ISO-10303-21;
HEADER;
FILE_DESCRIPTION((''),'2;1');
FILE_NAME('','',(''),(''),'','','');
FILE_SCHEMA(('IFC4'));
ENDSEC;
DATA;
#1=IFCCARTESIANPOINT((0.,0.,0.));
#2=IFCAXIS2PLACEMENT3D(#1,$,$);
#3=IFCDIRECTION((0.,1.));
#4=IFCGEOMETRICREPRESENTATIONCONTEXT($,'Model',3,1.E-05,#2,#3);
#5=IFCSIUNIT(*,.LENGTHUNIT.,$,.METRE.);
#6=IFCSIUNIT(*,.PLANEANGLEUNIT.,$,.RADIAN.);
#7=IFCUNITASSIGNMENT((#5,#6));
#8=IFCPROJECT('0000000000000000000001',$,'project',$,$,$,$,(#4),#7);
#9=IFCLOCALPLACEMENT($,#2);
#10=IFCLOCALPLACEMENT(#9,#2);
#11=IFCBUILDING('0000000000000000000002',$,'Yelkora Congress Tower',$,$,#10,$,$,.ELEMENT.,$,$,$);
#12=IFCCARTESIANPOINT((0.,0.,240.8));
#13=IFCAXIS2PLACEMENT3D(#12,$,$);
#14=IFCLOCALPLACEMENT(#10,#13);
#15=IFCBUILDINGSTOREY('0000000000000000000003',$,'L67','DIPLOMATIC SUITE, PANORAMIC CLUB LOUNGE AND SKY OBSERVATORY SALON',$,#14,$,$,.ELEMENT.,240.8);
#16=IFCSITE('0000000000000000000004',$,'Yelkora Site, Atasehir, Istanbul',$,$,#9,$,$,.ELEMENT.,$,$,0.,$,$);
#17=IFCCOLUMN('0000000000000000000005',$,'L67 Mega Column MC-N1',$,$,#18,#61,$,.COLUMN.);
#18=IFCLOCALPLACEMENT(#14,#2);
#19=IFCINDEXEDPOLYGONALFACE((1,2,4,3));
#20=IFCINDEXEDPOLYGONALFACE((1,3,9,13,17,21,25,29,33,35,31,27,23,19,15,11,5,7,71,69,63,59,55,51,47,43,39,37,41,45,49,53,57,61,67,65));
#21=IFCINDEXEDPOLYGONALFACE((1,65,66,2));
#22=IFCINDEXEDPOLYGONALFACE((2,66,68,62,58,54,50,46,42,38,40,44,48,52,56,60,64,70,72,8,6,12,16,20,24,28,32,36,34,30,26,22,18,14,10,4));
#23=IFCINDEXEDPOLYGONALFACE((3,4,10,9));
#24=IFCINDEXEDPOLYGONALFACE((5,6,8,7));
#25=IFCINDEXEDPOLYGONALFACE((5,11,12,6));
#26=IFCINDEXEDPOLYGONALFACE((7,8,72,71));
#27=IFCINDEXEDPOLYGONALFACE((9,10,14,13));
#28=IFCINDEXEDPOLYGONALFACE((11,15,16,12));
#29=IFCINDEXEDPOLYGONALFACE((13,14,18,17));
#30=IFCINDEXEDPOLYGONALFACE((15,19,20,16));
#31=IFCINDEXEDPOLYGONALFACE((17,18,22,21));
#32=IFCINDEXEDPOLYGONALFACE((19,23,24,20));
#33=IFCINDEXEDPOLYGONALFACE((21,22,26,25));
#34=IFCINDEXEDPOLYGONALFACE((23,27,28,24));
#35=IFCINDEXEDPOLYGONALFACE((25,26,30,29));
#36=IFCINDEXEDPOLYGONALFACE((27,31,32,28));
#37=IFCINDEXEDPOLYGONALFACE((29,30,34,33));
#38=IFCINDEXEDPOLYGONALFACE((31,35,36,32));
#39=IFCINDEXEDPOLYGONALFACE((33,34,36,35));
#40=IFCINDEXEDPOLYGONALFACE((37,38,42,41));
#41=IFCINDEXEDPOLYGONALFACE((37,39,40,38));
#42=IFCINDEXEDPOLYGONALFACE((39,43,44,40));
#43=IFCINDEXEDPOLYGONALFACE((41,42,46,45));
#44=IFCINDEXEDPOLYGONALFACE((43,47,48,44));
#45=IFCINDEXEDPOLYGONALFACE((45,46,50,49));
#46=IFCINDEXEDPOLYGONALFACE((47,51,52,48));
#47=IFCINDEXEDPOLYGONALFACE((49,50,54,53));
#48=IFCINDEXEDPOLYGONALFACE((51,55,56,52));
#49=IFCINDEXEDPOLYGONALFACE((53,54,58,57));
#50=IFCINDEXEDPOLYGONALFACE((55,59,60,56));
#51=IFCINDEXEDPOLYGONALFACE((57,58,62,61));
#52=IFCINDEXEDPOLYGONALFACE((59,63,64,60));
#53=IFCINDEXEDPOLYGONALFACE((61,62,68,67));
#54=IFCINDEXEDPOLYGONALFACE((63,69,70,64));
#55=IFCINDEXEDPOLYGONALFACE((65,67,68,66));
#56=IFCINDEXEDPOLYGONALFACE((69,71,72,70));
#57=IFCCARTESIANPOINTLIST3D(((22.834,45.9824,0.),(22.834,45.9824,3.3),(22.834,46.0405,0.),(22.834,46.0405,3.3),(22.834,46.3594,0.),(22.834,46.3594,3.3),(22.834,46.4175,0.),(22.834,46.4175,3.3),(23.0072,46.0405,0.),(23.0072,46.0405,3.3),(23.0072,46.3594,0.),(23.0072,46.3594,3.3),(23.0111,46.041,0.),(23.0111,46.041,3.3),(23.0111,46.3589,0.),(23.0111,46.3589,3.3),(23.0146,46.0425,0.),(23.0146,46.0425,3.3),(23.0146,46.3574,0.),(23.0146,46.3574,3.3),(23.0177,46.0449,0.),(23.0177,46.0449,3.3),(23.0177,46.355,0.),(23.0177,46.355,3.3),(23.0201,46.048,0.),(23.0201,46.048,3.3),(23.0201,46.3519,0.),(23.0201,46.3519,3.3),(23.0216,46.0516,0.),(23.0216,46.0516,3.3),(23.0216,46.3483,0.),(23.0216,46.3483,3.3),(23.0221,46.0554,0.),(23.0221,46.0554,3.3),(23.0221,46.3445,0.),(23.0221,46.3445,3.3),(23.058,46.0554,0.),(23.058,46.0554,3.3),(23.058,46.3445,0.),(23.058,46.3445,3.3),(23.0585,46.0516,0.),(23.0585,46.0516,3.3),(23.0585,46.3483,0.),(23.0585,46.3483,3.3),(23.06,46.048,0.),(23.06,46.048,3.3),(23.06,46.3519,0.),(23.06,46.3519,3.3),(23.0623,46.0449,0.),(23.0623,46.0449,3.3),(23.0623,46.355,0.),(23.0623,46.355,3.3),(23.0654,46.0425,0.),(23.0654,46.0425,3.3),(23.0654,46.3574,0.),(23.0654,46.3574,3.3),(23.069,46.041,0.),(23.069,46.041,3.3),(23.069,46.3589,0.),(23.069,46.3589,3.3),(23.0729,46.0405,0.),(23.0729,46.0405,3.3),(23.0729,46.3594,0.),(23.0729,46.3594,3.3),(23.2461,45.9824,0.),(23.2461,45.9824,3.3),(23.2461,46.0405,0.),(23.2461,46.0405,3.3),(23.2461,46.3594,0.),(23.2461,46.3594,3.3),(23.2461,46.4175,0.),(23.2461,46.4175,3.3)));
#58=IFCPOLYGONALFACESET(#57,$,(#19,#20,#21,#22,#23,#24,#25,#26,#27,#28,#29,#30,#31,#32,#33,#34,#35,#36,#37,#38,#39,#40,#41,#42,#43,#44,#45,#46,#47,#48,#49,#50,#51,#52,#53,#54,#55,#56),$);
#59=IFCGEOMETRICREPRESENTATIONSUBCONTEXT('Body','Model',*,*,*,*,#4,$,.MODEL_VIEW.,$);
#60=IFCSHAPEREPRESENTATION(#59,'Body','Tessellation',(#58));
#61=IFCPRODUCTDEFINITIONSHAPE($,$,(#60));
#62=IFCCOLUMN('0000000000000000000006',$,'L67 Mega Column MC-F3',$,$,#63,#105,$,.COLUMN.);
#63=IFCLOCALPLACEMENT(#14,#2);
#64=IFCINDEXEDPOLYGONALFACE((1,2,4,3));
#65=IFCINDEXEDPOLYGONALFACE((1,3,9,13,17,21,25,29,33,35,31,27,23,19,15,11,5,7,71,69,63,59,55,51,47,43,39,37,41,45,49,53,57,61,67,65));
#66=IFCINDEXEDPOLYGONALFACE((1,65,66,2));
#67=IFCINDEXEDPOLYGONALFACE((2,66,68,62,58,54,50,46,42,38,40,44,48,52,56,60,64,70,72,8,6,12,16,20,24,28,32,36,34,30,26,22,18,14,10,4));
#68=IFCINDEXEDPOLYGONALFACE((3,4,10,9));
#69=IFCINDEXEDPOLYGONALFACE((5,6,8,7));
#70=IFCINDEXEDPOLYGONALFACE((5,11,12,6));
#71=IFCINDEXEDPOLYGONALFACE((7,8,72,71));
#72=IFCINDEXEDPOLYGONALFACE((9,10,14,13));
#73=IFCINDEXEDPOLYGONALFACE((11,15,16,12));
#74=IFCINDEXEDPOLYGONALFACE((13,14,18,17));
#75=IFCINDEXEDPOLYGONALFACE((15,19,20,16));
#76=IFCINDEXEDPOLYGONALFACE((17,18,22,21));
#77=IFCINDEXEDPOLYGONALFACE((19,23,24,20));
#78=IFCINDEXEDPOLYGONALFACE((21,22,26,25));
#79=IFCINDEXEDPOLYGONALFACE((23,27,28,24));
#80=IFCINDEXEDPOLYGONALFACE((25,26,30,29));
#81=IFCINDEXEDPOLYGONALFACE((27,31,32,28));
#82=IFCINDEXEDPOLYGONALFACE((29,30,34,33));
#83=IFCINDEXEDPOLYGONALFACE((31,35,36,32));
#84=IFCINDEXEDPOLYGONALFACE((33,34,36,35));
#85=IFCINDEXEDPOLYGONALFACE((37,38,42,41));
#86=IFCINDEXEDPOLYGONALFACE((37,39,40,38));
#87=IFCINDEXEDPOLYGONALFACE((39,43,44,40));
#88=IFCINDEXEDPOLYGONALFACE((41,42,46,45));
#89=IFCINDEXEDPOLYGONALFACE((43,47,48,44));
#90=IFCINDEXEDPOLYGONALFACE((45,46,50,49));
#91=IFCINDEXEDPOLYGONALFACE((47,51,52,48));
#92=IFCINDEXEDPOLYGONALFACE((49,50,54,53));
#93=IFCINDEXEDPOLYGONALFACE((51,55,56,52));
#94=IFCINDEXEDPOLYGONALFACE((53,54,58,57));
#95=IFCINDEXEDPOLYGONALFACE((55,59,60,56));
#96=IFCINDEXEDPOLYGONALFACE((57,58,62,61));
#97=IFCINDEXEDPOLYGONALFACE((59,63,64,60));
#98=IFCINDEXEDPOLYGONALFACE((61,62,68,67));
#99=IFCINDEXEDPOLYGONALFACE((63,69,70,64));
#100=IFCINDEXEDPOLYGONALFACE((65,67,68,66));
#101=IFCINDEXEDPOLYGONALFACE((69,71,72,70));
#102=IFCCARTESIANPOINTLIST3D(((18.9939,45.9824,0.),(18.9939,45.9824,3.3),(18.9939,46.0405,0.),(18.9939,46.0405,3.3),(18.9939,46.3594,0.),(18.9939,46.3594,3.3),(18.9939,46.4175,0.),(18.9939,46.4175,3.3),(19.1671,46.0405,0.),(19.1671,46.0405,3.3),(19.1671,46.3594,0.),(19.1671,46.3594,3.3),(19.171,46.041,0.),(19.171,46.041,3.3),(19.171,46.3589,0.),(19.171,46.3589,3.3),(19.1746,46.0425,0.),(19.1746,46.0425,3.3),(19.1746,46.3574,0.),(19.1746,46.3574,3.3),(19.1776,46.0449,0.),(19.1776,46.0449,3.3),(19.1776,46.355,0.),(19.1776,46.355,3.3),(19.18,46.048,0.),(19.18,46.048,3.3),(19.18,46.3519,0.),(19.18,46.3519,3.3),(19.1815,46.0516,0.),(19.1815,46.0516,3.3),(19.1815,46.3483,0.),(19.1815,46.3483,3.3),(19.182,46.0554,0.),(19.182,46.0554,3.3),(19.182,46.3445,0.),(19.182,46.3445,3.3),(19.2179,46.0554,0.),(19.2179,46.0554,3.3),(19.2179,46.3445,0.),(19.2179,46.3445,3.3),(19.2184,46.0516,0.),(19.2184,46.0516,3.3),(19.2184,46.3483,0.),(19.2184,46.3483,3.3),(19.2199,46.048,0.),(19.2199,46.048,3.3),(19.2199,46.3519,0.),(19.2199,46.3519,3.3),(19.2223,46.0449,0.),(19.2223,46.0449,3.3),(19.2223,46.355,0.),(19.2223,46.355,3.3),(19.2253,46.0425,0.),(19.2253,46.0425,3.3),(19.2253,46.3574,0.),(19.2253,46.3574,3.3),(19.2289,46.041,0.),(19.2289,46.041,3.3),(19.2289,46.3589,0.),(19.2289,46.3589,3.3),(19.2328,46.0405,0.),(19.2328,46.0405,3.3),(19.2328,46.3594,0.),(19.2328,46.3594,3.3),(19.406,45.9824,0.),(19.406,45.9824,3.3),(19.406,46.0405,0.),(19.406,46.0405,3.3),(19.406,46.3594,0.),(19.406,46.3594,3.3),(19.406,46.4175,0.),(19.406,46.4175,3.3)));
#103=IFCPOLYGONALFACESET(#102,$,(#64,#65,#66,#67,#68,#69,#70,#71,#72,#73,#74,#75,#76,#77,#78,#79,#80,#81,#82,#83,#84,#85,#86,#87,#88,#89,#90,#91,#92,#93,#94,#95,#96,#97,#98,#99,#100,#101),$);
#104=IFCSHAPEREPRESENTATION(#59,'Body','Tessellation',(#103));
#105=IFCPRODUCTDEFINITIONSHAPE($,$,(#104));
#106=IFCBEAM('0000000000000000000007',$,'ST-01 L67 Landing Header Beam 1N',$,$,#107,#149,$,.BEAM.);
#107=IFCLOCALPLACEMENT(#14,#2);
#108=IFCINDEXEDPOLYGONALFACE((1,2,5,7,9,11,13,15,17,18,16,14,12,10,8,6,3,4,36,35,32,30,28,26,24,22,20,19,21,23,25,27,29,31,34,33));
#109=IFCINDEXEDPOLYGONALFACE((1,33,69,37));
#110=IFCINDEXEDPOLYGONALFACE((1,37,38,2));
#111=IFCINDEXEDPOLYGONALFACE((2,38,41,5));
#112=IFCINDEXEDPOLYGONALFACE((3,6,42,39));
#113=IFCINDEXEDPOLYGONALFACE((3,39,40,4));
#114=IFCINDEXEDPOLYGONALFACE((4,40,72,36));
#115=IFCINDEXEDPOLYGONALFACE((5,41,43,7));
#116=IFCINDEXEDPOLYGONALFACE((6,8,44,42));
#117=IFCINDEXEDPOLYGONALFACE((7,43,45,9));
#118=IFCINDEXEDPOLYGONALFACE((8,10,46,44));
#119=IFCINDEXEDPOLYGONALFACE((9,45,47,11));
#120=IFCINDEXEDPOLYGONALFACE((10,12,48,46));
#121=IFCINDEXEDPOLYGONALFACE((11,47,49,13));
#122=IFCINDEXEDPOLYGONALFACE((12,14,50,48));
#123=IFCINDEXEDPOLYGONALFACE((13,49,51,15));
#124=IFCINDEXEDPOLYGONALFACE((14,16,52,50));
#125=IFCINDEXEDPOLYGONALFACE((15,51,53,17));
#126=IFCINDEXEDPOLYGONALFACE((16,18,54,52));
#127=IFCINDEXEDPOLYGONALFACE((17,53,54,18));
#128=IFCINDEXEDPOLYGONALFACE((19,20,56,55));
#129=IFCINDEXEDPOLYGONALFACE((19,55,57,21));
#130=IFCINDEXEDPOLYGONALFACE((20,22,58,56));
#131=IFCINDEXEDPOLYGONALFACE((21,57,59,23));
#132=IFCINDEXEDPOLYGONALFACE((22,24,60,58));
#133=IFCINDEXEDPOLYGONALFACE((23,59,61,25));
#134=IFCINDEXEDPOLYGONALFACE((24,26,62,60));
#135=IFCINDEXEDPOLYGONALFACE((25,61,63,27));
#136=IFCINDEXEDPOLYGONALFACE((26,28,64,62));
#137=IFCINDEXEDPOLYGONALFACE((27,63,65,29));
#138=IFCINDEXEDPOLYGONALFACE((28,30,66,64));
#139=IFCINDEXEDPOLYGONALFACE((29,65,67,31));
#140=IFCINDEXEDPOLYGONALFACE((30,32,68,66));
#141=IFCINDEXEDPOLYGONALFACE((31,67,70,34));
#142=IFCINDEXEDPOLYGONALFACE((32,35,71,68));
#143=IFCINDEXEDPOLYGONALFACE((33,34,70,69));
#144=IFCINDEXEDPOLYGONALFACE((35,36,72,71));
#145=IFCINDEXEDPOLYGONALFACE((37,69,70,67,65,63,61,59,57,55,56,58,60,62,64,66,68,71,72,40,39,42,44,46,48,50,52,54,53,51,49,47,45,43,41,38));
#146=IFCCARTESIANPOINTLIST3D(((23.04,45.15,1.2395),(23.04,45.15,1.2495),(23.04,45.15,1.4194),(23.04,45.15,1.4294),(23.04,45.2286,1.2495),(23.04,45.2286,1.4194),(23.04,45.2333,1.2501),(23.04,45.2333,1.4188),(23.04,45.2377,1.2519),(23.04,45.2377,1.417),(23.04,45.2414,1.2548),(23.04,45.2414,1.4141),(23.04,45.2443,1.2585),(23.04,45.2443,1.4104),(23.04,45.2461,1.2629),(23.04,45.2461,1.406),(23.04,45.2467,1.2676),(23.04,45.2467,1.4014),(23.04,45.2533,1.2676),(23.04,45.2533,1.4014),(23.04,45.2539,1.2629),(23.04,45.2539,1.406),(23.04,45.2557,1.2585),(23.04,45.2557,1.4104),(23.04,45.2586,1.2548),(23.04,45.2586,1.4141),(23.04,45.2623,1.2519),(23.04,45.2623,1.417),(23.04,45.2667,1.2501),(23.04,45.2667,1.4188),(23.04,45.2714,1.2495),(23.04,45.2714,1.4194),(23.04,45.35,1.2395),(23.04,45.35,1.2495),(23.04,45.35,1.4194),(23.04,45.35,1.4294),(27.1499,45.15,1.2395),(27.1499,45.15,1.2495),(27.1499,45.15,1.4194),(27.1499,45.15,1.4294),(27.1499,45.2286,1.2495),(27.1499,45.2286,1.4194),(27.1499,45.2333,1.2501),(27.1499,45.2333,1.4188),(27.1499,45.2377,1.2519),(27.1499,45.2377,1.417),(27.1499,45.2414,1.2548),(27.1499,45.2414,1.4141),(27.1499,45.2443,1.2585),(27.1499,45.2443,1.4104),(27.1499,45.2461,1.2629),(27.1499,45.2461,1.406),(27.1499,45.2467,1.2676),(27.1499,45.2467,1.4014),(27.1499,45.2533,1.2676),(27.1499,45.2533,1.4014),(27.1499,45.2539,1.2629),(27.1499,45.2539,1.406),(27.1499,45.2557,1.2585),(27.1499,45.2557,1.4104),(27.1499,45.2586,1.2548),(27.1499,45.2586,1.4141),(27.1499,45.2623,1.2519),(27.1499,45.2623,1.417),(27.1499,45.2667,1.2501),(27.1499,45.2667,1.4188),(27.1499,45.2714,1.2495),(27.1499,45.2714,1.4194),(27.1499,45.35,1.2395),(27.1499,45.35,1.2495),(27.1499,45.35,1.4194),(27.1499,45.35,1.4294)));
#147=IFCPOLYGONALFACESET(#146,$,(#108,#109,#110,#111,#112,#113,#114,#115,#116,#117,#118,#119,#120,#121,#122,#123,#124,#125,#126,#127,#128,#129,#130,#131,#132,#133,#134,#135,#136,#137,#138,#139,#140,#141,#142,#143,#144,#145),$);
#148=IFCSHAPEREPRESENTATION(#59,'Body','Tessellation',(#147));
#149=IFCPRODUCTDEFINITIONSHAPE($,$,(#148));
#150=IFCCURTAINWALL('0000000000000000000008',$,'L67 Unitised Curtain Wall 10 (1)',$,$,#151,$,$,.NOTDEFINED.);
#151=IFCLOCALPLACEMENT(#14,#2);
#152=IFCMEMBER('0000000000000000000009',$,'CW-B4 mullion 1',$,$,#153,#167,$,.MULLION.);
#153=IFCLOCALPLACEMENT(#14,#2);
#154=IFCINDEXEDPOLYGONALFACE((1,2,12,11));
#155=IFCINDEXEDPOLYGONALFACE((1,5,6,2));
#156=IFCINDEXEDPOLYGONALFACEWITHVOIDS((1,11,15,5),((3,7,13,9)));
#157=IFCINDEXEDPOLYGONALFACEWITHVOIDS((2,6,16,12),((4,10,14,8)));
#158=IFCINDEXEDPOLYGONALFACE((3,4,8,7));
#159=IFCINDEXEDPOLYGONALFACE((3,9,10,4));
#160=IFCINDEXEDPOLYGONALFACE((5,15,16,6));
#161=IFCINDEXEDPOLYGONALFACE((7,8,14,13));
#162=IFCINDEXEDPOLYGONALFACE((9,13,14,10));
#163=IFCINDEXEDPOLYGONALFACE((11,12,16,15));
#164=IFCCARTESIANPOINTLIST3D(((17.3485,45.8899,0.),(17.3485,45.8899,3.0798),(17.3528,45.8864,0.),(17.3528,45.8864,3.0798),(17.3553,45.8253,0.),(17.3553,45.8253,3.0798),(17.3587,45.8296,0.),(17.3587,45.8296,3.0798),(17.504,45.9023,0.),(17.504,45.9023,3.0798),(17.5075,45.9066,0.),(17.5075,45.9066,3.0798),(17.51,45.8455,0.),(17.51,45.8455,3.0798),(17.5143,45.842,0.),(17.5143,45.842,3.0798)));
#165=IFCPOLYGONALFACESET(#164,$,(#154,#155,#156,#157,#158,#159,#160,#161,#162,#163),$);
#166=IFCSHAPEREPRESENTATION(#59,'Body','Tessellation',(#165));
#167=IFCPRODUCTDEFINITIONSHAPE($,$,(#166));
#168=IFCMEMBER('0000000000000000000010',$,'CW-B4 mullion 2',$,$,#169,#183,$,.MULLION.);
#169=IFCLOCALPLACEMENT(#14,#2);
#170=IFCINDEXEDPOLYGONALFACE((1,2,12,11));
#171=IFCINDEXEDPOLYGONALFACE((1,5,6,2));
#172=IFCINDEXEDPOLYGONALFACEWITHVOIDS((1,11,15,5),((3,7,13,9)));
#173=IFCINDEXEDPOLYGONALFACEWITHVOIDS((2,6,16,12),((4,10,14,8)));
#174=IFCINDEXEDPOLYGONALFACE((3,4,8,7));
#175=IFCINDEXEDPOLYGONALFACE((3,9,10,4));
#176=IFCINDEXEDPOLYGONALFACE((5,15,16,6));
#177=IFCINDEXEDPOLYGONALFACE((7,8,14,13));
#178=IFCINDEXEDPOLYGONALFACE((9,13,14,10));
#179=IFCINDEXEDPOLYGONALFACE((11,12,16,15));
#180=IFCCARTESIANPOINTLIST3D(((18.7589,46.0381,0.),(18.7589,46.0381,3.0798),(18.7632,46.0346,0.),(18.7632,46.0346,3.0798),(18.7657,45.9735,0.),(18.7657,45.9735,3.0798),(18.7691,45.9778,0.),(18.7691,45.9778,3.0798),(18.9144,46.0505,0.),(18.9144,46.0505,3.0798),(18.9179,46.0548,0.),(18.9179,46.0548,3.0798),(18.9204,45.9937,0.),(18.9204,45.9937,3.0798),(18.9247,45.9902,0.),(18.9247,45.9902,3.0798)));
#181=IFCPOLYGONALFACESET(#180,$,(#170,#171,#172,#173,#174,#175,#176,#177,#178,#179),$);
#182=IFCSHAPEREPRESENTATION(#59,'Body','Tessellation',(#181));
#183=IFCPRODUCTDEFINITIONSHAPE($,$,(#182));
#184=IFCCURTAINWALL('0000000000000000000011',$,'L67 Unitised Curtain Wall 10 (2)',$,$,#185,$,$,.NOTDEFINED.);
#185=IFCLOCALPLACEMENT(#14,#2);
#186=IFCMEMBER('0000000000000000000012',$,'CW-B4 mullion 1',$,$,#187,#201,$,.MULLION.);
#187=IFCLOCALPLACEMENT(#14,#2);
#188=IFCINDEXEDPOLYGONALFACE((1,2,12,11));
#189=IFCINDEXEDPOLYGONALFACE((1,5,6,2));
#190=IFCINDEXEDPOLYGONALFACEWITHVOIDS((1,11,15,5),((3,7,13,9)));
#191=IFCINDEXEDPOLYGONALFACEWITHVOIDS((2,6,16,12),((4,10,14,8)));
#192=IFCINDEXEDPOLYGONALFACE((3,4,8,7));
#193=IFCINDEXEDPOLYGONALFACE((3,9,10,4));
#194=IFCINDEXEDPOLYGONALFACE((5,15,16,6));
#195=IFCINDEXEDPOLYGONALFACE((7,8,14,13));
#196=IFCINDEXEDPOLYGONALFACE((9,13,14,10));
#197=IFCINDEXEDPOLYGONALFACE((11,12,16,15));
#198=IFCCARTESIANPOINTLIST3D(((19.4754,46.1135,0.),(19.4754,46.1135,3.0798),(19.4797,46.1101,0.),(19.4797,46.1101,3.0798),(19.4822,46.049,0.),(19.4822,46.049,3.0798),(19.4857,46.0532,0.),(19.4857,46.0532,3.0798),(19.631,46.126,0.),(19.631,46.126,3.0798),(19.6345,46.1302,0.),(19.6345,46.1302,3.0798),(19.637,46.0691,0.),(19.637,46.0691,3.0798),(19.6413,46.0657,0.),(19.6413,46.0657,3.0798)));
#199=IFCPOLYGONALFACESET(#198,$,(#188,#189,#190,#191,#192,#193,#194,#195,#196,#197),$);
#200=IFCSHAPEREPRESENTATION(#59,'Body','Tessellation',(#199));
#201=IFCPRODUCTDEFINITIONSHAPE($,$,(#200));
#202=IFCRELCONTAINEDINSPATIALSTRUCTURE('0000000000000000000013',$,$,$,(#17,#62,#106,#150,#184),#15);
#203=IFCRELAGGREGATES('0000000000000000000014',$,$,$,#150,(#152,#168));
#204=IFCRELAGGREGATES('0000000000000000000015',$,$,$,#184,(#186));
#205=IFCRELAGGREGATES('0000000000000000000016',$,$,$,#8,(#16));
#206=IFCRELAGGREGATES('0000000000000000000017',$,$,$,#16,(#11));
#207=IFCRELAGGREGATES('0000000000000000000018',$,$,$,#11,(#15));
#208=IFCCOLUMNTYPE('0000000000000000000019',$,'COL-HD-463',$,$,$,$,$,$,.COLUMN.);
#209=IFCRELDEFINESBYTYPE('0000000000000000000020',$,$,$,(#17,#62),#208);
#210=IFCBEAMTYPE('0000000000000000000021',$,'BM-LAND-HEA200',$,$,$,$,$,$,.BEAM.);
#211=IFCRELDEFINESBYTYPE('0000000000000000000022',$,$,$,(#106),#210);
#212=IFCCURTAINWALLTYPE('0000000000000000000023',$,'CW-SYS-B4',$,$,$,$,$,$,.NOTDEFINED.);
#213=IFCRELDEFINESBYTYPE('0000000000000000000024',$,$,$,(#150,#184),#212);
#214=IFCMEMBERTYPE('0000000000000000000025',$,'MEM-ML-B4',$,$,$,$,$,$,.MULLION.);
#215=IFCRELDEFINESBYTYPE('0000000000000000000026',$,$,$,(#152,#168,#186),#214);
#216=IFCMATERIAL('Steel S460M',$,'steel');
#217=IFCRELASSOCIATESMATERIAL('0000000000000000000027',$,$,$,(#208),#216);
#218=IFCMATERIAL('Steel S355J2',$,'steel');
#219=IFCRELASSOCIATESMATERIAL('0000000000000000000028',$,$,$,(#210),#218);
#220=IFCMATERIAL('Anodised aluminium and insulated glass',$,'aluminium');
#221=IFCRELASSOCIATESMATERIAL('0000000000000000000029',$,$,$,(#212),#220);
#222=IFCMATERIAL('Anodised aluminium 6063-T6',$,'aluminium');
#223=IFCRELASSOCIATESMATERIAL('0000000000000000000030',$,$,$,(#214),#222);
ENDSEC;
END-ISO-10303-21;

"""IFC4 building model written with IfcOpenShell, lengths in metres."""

from ifc_helpers import new_model, si_unit, direction, frame, origin, origin_2d, place, context, subcontext, project, spatial, hollow_rectangle, i_section, extrude, material, material_profile, profile_set, type_object, element, aggregate, save


model = new_model("IFC4")

# Units and contexts
model_context = context("Model", 3, precision=1e-05, world=origin(), true_north=direction((0.0, 1.0)))
body_context = subcontext(model_context, "Body", "Model", "MODEL_VIEW")
ifc_project = project(units=[si_unit("LENGTHUNIT", "METRE"), si_unit("PLANEANGLEUNIT", "RADIAN")], contexts=[model_context])

# Site, building, storey
site_placement = place(None, origin())
site = spatial("IfcSite", under=ifc_project, at=site_placement, Name="Yelkora Site, Atasehir, Istanbul", CompositionType="ELEMENT", RefElevation=0.0)
building_placement = place(site_placement, origin())
building = spatial("IfcBuilding", under=site, at=building_placement, Name="Yelkora Congress Tower", CompositionType="ELEMENT")
storey_placement = place(building_placement, frame((0.0, 0.0, 240.8)))
storey = spatial("IfcBuildingStorey", under=building, at=storey_placement, Name="L67", Description="DIPLOMATIC SUITE, PANORAMIC CLUB LOUNGE AND SKY OBSERVATORY SALON", CompositionType="ELEMENT", Elevation=240.8)

# Columns
ifc_material_1 = material(Name="Steel S460M", Category="steel")
ifc_material_profile_1 = material_profile(ifc_material_1, i_section(OverallWidth=0.4121, OverallDepth=0.4351, WebThickness=0.0359, FlangeThickness=0.0581, FilletRadius=0.0149, at=origin_2d()), Name="HD 400x463")
ifc_profile_set_1 = profile_set([ifc_material_profile_1], Name="Steel S460M")
column_type = type_object("IfcColumnType", Name="COL-HD-463", PredefinedType="COLUMN", material=ifc_profile_set_1)
for number, where, z_axis, x_axis, name in (
    (1, (23.04, 46.2, 0.0), (0.0, 0.0, 1.0), (1.0, 0.0, 0.0), "L67 Mega Column MC-N1"),
    (2, (19.2, 46.2, 0.0), (0.0, 0.0, 1.0), (1.0, 0.0, 0.0), "L67 Mega Column MC-F3"),
):
    element("IfcColumn", number, at=place(storey_placement, frame(where, z_axis=z_axis, x_axis=x_axis)), inside=storey, type_object=column_type, Name=name, PredefinedType="COLUMN", context=body_context, shape_type="SweptSolid", body=[
        extrude(i_section(OverallWidth=0.4121, OverallDepth=0.4351, WebThickness=0.0359, FlangeThickness=0.0581, FilletRadius=0.0149, at=origin_2d()), origin(), (0.0, 0.0, 1.0), 3.3),
    ])

# Beam
ifc_material_2 = material(Name="Steel S355J2", Category="steel")
ifc_material_profile_2 = material_profile(ifc_material_2, i_section(OverallWidth=0.2, OverallDepth=0.1899, WebThickness=0.0066, FlangeThickness=0.01, FilletRadius=0.0181, at=origin_2d()), Name="HEA 200")
ifc_profile_set_2 = profile_set([ifc_material_profile_2], Name="Steel S355J2")
beam_type = type_object("IfcBeamType", Name="BM-LAND-HEA200", PredefinedType="BEAM", material=ifc_profile_set_2)
beam_placement = place(storey_placement, frame((23.04, 45.25, 1.3345), z_axis=(1.0, 0.0, 0.0), x_axis=(0.0, 1.0, 0.0)))
element("IfcBeam", 3, at=beam_placement, inside=storey, type_object=beam_type, Name="ST-01 L67 Landing Header Beam 1N", PredefinedType="BEAM", context=body_context, shape_type="SweptSolid", body=[
    extrude(i_section(OverallWidth=0.2, OverallDepth=0.1899, WebThickness=0.0066, FlangeThickness=0.01, FilletRadius=0.0181, at=origin_2d()), origin(), (0.0, 0.0, 1.0), 4.1099),
])

# Curtain walls, members
ifc_material_3 = material(Name="Anodised aluminium and insulated glass", Category="aluminium")
curtain_wall_type = type_object("IfcCurtainWallType", Name="CW-SYS-B4", PredefinedType="NOTDEFINED", material=ifc_material_3)
curtain_wall_1_placement = place(storey_placement, origin())
curtain_wall_1 = element("IfcCurtainWall", 4, at=curtain_wall_1_placement, inside=storey, type_object=curtain_wall_type, Name="L67 Unitised Curtain Wall 10 (1)", PredefinedType="NOTDEFINED")
ifc_material_4 = material(Name="Anodised aluminium 6063-T6", Category="aluminium")
ifc_material_profile_3 = material_profile(ifc_material_4, hollow_rectangle(XDim=0.0649, YDim=0.1599, WallThickness=0.0039, at=origin_2d()), Name="ALU 65x160x4")
ifc_profile_set_3 = profile_set([ifc_material_profile_3], Name="Anodised aluminium 6063-T6")
member_type_1 = type_object("IfcMemberType", Name="MEM-ML-B4", PredefinedType="MULLION", material=ifc_profile_set_3)
member_1_placement = place(storey_placement, frame((17.4314, 45.866, 0.0), z_axis=(0.0, 0.0, 1.0), x_axis=(-0.104509, 0.994524, 0.0)))
member_1 = element("IfcMember", 5, at=member_1_placement, type_object=member_type_1, Name="CW-B4 mullion 1", PredefinedType="MULLION", context=body_context, shape_type="SweptSolid", body=[
    extrude(hollow_rectangle(XDim=0.0649, YDim=0.1599, WallThickness=0.0039, at=origin_2d()), origin(), (0.0, 0.0, 1.0), 3.0798),
])
member_2_placement = place(storey_placement, frame((18.8418, 46.0142, 0.0), z_axis=(0.0, 0.0, 1.0), x_axis=(-0.104509, 0.994524, 0.0)))
member_2 = element("IfcMember", 6, at=member_2_placement, type_object=member_type_1, Name="CW-B4 mullion 2", PredefinedType="MULLION", context=body_context, shape_type="SweptSolid", body=[
    extrude(hollow_rectangle(XDim=0.0649, YDim=0.1599, WallThickness=0.0039, at=origin_2d()), origin(), (0.0, 0.0, 1.0), 3.0798),
])
curtain_wall_2_placement = place(storey_placement, origin())
curtain_wall_2 = element("IfcCurtainWall", 7, at=curtain_wall_2_placement, inside=storey, type_object=curtain_wall_type, Name="L67 Unitised Curtain Wall 10 (2)", PredefinedType="NOTDEFINED")
member_3_placement = place(storey_placement, frame((19.5583, 46.0896, 0.0), z_axis=(0.0, 0.0, 1.0), x_axis=(-0.104506, 0.994524, 0.0)))
member_3 = element("IfcMember", 8, at=member_3_placement, type_object=member_type_1, Name="CW-B4 mullion 1", PredefinedType="MULLION", context=body_context, shape_type="SweptSolid", body=[
    extrude(hollow_rectangle(XDim=0.0649, YDim=0.1599, WallThickness=0.0039, at=origin_2d()), origin(), (0.0, 0.0, 1.0), 3.0798),
])

aggregate(curtain_wall_1, [member_1, member_2])
aggregate(curtain_wall_2, [member_3])

save(model, "model.ifc")
